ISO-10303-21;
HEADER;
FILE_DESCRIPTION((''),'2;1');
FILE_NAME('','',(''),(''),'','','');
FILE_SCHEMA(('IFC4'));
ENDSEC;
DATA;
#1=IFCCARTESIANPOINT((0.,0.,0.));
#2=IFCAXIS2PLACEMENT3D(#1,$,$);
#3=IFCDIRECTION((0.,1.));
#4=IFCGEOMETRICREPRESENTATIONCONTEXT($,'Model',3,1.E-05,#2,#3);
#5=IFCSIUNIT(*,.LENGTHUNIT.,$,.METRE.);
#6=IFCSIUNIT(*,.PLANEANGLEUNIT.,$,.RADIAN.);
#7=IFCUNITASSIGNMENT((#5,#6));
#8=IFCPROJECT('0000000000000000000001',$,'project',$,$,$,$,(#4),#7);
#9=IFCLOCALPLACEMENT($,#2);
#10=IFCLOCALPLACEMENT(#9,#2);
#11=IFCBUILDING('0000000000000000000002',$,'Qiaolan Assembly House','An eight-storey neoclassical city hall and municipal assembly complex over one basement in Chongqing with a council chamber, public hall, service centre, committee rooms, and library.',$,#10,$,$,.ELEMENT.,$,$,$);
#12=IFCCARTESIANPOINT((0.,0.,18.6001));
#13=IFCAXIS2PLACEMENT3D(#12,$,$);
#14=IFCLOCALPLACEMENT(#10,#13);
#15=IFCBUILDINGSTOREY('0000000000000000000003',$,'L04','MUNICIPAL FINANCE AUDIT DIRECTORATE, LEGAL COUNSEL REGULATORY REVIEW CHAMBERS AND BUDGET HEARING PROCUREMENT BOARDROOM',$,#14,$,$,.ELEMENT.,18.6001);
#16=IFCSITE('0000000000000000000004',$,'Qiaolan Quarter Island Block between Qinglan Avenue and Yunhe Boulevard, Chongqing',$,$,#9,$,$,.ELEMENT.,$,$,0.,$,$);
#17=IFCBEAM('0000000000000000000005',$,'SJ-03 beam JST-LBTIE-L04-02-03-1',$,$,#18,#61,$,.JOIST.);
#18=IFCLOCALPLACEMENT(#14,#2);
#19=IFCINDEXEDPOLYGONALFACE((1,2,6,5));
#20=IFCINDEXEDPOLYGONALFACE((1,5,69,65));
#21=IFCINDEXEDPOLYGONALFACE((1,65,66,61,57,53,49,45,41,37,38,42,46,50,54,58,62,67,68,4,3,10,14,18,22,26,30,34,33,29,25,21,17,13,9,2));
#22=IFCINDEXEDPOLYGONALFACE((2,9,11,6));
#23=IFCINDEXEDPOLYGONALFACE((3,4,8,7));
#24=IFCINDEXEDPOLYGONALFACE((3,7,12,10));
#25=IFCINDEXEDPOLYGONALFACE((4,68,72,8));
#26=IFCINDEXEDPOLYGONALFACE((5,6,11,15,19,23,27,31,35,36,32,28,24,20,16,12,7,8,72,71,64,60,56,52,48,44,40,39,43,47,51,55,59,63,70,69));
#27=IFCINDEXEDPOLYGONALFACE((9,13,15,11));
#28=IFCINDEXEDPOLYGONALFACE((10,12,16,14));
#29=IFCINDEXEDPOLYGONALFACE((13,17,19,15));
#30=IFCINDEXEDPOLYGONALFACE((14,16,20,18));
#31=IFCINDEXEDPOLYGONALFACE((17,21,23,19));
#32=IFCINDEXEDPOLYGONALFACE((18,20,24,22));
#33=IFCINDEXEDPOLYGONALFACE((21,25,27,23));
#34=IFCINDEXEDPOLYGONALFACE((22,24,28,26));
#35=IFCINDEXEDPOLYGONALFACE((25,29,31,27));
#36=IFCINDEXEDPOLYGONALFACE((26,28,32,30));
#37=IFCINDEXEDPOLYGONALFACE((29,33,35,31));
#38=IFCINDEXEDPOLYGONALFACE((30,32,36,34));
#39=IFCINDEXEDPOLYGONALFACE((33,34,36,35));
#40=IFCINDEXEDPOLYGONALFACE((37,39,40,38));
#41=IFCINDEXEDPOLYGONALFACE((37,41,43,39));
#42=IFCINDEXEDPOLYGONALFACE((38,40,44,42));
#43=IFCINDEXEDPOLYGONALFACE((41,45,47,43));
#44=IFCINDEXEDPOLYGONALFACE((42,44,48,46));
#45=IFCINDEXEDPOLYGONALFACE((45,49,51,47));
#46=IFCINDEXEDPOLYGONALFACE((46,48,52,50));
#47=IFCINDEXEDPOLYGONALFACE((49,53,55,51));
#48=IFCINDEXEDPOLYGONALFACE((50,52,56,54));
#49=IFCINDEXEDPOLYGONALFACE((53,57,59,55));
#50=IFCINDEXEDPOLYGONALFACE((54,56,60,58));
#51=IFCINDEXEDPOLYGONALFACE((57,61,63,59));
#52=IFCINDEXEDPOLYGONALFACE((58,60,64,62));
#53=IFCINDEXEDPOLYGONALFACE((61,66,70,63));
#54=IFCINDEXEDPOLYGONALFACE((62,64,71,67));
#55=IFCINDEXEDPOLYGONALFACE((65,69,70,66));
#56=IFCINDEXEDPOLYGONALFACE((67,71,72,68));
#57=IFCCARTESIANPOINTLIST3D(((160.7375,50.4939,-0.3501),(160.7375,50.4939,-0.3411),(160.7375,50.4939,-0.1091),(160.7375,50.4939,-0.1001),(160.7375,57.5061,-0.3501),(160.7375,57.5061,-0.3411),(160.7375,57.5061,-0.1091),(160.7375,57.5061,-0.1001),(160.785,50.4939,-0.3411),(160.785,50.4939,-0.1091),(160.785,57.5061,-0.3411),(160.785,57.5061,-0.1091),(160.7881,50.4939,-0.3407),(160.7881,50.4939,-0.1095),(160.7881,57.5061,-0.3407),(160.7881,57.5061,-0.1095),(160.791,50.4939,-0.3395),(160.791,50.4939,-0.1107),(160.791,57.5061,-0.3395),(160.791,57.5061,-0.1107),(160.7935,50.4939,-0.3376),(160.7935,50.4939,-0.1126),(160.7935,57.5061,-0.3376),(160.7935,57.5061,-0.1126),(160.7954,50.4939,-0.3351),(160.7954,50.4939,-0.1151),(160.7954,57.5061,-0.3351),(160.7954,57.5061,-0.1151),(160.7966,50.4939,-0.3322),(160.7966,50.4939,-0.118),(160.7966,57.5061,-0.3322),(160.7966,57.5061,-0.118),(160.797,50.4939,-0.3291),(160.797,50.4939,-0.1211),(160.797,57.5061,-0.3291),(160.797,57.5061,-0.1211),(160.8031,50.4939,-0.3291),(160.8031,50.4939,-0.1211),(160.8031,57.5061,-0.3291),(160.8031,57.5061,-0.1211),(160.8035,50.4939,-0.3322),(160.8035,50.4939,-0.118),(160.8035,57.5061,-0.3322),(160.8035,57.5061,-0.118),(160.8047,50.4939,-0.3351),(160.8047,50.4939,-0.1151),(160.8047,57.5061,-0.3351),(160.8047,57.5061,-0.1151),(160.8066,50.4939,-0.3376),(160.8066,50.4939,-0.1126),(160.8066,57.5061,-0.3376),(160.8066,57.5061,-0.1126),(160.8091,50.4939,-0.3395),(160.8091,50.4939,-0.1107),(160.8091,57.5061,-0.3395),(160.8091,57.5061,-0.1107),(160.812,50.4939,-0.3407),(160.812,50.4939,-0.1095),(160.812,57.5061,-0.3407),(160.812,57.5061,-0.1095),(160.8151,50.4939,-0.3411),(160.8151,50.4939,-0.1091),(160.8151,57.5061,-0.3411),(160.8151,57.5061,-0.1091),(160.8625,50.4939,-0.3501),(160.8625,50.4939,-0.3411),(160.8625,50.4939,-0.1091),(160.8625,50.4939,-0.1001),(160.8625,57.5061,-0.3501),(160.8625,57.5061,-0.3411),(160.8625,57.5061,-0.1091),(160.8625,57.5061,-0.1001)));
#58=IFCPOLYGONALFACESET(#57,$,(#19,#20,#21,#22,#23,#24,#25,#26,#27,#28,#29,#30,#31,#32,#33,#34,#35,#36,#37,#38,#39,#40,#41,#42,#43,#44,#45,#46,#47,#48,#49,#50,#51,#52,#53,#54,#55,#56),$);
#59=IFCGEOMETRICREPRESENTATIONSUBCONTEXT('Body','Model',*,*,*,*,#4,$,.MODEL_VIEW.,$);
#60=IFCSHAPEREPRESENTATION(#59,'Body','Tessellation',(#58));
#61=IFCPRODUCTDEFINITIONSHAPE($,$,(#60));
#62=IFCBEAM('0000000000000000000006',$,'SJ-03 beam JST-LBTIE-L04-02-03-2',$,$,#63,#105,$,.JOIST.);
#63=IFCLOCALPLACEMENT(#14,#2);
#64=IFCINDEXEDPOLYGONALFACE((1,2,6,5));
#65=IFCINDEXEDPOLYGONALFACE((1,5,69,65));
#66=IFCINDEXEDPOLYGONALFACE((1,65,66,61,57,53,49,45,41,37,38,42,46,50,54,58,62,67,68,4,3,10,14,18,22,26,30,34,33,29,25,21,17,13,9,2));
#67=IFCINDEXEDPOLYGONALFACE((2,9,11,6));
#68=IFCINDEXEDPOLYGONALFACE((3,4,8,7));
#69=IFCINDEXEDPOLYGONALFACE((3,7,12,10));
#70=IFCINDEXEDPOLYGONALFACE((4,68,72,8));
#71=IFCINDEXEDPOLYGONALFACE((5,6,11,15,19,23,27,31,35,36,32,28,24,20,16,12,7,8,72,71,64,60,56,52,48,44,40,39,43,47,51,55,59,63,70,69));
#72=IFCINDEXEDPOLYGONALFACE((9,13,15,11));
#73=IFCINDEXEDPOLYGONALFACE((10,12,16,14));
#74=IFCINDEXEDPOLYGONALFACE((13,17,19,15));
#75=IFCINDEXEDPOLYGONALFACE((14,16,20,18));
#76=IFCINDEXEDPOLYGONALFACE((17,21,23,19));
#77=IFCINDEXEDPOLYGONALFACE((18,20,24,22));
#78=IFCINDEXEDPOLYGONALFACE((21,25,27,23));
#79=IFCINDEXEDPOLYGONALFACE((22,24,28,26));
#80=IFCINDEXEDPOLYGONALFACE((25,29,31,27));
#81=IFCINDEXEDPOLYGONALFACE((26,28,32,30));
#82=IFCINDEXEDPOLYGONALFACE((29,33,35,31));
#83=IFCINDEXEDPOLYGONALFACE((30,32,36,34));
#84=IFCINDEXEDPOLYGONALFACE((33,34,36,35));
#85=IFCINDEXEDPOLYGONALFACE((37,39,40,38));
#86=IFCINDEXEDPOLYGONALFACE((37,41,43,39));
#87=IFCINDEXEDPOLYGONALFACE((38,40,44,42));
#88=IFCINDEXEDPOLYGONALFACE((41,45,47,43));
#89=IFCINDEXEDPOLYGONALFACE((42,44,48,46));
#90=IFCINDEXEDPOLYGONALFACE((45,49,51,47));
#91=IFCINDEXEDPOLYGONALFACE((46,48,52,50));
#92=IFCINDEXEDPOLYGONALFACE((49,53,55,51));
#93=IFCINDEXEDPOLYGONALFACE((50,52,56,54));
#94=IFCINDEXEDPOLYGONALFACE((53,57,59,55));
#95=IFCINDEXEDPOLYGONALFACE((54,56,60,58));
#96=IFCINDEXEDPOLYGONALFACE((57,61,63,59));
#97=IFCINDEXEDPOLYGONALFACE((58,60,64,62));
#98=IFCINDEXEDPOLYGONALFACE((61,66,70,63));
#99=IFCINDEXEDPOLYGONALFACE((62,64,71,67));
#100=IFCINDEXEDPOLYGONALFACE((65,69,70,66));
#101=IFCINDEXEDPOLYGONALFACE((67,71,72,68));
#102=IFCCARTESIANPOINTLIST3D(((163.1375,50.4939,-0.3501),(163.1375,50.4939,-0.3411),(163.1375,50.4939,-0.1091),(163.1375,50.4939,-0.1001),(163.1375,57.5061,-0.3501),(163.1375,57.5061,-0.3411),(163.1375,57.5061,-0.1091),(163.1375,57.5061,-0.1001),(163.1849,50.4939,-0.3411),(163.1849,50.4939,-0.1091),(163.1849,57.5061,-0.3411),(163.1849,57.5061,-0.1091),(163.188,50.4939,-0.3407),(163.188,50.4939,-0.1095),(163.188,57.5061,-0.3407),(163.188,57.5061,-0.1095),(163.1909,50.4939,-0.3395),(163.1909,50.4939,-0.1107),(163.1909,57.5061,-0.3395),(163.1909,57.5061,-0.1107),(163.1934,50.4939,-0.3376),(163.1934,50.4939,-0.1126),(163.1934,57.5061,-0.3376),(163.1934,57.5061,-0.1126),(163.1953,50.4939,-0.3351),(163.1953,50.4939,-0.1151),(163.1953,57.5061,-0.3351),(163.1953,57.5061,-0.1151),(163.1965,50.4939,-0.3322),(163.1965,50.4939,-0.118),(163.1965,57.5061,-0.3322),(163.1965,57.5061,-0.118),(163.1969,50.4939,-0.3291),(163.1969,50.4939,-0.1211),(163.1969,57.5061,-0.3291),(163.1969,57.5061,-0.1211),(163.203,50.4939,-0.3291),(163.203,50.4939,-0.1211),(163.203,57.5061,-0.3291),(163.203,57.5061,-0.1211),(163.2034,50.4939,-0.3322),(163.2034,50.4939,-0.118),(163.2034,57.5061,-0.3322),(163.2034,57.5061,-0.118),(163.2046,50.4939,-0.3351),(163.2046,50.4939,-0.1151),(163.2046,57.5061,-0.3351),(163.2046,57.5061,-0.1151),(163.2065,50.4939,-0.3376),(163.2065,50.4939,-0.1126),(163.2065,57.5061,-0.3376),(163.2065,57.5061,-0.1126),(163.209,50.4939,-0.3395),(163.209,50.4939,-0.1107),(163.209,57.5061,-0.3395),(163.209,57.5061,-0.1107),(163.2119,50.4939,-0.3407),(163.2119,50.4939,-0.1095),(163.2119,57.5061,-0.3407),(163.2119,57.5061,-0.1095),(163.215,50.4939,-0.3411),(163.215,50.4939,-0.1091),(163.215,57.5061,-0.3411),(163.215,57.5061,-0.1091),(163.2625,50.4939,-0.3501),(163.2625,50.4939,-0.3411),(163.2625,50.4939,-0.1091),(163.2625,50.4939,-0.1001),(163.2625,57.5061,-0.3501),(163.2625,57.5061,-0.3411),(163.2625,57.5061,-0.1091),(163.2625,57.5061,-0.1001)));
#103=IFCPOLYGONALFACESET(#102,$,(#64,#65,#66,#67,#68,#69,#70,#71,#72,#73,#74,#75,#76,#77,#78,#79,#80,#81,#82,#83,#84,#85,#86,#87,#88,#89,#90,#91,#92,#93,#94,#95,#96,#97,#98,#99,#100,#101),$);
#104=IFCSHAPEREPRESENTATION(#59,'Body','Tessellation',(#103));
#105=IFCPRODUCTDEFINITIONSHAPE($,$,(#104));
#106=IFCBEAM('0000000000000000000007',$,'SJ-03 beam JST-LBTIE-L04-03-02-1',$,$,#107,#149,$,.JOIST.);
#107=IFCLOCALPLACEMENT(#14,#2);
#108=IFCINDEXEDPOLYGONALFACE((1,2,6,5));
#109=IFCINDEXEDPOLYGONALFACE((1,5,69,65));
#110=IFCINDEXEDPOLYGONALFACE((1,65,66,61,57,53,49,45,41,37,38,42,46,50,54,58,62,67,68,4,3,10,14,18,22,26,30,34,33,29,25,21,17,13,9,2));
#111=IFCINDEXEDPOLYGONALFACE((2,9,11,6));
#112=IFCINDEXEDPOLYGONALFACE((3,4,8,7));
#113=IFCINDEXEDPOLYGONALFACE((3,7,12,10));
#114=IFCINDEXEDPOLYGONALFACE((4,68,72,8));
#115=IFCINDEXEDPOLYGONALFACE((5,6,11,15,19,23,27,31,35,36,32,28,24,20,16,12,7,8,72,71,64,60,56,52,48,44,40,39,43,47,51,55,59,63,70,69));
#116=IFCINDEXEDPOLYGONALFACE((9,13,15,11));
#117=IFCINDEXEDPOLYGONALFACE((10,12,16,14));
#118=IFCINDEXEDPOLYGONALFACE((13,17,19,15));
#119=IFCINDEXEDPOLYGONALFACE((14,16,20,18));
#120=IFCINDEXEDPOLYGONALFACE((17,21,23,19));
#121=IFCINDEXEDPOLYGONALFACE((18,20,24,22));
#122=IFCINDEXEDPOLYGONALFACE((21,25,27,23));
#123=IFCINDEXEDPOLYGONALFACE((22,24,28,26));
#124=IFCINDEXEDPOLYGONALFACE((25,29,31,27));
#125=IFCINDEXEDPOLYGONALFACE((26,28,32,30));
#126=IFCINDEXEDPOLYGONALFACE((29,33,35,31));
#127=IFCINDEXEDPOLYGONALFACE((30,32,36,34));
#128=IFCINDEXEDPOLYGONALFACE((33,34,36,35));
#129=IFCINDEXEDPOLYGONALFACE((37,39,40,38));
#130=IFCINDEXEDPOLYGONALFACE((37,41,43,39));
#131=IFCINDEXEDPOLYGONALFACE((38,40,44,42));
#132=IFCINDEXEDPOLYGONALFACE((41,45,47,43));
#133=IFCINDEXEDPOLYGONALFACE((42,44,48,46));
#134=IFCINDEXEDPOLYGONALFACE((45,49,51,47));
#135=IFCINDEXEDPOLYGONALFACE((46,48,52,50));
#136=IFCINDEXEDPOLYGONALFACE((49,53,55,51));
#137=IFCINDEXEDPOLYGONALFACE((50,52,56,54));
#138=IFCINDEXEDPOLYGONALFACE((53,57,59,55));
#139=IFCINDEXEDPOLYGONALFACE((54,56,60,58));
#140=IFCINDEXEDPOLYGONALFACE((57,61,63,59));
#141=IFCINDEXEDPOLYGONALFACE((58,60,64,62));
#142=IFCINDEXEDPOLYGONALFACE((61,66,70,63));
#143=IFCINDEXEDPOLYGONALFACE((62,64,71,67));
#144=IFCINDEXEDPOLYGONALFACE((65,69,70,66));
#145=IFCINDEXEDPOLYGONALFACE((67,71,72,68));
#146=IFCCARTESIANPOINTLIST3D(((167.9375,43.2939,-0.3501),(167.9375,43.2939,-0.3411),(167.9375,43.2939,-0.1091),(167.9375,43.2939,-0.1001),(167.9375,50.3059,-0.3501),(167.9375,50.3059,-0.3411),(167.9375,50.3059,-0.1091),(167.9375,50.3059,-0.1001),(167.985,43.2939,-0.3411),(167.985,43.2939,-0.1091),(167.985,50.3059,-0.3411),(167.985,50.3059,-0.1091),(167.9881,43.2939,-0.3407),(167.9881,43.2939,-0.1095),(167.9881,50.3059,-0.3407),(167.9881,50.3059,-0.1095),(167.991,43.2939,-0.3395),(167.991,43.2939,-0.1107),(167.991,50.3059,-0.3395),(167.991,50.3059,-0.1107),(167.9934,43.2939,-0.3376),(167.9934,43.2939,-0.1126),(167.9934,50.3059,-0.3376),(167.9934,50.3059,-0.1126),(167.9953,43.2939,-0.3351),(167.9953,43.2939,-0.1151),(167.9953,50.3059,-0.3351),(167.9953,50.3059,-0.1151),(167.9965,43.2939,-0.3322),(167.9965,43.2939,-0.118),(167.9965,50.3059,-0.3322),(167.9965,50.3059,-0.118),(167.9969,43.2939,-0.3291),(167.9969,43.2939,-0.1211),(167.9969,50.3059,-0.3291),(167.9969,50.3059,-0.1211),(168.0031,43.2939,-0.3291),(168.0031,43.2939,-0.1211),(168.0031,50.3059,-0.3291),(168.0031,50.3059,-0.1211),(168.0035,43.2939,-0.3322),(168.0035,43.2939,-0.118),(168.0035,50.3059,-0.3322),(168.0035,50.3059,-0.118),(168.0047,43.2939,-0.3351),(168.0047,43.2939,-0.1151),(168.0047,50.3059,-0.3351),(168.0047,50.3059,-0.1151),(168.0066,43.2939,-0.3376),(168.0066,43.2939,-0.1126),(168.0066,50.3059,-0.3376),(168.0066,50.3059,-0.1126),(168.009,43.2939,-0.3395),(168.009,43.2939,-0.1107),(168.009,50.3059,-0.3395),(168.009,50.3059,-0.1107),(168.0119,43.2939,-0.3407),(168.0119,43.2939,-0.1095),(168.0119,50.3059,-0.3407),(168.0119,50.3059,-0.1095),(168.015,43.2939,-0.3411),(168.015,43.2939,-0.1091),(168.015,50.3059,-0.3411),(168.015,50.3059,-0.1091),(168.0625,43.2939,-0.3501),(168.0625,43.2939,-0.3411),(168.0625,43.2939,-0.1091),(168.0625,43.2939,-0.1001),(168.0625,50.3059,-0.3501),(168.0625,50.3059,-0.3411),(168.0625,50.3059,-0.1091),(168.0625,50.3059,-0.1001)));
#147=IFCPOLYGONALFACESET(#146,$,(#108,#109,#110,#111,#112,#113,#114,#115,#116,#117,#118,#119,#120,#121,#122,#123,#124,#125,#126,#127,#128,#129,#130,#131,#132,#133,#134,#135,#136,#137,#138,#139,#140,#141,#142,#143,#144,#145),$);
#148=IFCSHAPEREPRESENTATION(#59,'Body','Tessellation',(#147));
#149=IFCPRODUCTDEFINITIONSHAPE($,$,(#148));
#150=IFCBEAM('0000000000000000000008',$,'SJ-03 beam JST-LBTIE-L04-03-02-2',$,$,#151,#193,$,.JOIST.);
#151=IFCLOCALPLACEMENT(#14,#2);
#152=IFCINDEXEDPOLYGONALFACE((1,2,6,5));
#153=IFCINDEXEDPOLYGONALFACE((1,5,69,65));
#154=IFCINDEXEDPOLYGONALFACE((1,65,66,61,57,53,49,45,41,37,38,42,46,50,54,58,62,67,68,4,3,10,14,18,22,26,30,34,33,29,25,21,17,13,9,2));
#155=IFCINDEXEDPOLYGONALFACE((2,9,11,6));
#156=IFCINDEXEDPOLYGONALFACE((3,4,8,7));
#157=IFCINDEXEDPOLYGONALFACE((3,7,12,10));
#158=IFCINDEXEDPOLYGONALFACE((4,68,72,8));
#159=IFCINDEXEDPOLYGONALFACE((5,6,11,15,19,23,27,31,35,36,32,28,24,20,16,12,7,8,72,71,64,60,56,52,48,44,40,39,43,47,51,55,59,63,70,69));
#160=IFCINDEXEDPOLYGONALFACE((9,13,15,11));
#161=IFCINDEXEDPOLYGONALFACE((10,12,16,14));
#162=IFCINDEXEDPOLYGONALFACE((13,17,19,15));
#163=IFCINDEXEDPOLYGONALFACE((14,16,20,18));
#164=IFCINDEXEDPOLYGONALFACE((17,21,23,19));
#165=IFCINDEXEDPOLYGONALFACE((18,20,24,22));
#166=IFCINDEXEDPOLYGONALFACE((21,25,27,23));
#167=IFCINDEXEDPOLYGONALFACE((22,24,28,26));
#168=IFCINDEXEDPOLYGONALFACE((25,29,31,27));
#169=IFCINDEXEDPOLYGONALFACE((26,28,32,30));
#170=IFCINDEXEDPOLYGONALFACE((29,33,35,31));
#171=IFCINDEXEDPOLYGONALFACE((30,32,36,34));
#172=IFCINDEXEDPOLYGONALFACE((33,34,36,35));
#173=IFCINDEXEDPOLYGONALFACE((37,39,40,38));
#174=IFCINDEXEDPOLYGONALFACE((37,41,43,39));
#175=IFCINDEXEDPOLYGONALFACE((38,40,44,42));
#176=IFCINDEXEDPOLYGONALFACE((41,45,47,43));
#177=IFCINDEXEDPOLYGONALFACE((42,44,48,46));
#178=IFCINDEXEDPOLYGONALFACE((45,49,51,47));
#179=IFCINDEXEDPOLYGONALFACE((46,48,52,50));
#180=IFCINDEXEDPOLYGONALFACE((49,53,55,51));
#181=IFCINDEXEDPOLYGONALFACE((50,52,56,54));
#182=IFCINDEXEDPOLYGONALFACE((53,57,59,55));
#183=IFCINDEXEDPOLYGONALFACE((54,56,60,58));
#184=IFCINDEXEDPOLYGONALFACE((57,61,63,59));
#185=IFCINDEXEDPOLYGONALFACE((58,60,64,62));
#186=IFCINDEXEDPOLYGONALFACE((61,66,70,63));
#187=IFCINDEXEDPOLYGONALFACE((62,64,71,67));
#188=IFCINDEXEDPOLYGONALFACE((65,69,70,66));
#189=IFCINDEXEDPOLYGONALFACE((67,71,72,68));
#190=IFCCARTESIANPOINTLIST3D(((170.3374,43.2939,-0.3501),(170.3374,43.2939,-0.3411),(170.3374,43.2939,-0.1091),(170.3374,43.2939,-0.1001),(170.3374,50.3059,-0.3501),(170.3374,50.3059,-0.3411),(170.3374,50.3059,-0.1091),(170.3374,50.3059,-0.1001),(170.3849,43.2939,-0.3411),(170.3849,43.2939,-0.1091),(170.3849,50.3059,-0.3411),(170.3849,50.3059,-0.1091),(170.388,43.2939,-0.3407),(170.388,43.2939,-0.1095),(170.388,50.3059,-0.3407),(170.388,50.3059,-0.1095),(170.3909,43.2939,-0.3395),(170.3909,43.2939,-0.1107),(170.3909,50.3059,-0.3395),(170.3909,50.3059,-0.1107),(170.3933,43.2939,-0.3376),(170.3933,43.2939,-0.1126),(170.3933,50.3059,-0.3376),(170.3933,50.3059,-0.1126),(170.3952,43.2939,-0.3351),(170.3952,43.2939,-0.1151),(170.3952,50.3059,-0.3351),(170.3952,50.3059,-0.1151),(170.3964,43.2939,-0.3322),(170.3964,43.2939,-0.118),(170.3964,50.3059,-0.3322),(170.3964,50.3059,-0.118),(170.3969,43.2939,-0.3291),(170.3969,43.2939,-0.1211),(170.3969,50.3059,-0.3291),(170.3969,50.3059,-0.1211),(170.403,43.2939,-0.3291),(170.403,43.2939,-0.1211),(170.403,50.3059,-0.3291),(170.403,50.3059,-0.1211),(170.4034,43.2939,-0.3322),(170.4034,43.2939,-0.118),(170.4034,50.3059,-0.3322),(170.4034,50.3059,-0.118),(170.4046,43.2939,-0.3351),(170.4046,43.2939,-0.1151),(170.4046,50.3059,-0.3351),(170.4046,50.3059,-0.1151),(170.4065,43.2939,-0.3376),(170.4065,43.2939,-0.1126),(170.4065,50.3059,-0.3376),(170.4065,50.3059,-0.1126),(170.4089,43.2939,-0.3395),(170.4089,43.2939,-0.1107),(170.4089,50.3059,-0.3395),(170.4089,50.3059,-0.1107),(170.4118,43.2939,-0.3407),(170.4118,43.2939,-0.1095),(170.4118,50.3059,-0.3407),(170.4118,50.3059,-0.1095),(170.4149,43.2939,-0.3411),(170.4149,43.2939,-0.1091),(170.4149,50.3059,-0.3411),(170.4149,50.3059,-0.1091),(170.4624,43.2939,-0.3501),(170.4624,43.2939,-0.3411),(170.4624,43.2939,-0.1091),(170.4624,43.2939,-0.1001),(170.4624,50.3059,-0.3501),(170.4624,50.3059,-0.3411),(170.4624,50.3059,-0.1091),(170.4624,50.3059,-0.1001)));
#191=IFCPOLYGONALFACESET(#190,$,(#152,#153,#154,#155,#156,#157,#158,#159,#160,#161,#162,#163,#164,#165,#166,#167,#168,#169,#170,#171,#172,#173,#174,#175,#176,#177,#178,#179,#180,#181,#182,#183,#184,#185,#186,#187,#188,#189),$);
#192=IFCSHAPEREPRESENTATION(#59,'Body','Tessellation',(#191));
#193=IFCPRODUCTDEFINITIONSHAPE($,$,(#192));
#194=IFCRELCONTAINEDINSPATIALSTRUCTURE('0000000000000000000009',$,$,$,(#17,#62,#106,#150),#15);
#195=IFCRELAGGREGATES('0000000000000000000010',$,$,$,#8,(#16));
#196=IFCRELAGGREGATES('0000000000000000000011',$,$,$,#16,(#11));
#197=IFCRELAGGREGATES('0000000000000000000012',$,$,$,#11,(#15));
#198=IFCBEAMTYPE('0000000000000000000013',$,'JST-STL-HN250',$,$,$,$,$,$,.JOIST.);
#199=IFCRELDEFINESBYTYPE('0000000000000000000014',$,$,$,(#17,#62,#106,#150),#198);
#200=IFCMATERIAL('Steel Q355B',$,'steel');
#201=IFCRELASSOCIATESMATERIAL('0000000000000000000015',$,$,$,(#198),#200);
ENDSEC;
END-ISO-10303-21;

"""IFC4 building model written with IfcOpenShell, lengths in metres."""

from ifc_helpers import new_model, si_unit, direction, frame, origin, origin_2d, place, context, subcontext, project, spatial, i_section, extrude, material, material_profile, profile_set, type_object, element, save


model = new_model("IFC4")

# Units and contexts
model_context = context("Model", 3, precision=1e-05, world=origin(), true_north=direction((0.0, 1.0)))
body_context = subcontext(model_context, "Body", "Model", "MODEL_VIEW")
ifc_project = project(units=[si_unit("LENGTHUNIT", "METRE"), si_unit("PLANEANGLEUNIT", "RADIAN")], contexts=[model_context])

# Site, building, storey
site_placement = place(None, origin())
site = spatial("IfcSite", under=ifc_project, at=site_placement, Name="Qiaolan Quarter Island Block between Qinglan Avenue and Yunhe Boulevard, Chongqing", CompositionType="ELEMENT", RefElevation=0.0)
building_placement = place(site_placement, origin())
building = spatial("IfcBuilding", under=site, at=building_placement, Name="Qiaolan Assembly House", Description="An eight-storey neoclassical city hall and municipal assembly complex over one basement in Chongqing with a council chamber, public hall, service centre, committee rooms, and library.", CompositionType="ELEMENT")
storey_placement = place(building_placement, frame((0.0, 0.0, 18.6001)))
storey = spatial("IfcBuildingStorey", under=building, at=storey_placement, Name="L04", Description="MUNICIPAL FINANCE AUDIT DIRECTORATE, LEGAL COUNSEL REGULATORY REVIEW CHAMBERS AND BUDGET HEARING PROCUREMENT BOARDROOM", CompositionType="ELEMENT", Elevation=18.6001)

# Shared definitions
ifc_material = material(Name="Steel Q355B", Category="steel")

# Beams
ifc_material_profile_1 = material_profile(ifc_material, i_section(OverallWidth=0.125, OverallDepth=0.25, WebThickness=0.0061, FlangeThickness=0.009, FilletRadius=0.012, at=origin_2d()), Name="HN 250x125x6x9")
ifc_profile_set_1 = profile_set([ifc_material_profile_1], Name="Steel Q355B")
beam_type_1 = type_object("IfcBeamType", Name="JST-STL-HN250", PredefinedType="JOIST", material=ifc_profile_set_1)
for number, where, z_axis, x_axis, name in (
    (1, (160.8, 50.4939, -0.2251), (0.0, 1.0, 0.0), (-1.0, 0.0, 0.0), "SJ-03 beam JST-LBTIE-L04-02-03-1"),
    (2, (163.2, 50.4939, -0.2251), (0.0, 1.0, 0.0), (-1.0, 0.0, 0.0), "SJ-03 beam JST-LBTIE-L04-02-03-2"),
):
    element("IfcBeam", number, at=place(storey_placement, frame(where, z_axis=z_axis, x_axis=x_axis)), inside=storey, type_object=beam_type_1, Name=name, PredefinedType="JOIST", context=body_context, shape_type="SweptSolid", body=[
        extrude(i_section(OverallWidth=0.125, OverallDepth=0.25, WebThickness=0.0061, FlangeThickness=0.009, FilletRadius=0.012, at=origin_2d()), origin(), (0.0, 0.0, 1.0), 7.0122),
    ])
for number, where, z_axis, x_axis, name in (
    (3, (168.0, 43.2939, -0.2251), (0.0, 1.0, 0.0), (-1.0, 0.0, 0.0), "SJ-03 beam JST-LBTIE-L04-03-02-1"),
    (4, (170.3999, 43.2939, -0.2251), (0.0, 1.0, 0.0), (-1.0, 0.0, 0.0), "SJ-03 beam JST-LBTIE-L04-03-02-2"),
):
    element("IfcBeam", number, at=place(storey_placement, frame(where, z_axis=z_axis, x_axis=x_axis)), inside=storey, type_object=beam_type_1, Name=name, PredefinedType="JOIST", context=body_context, shape_type="SweptSolid", body=[
        extrude(i_section(OverallWidth=0.125, OverallDepth=0.25, WebThickness=0.0061, FlangeThickness=0.009, FilletRadius=0.012, at=origin_2d()), origin(), (0.0, 0.0, 1.0), 7.012),
    ])

save(model, "model.ifc")
